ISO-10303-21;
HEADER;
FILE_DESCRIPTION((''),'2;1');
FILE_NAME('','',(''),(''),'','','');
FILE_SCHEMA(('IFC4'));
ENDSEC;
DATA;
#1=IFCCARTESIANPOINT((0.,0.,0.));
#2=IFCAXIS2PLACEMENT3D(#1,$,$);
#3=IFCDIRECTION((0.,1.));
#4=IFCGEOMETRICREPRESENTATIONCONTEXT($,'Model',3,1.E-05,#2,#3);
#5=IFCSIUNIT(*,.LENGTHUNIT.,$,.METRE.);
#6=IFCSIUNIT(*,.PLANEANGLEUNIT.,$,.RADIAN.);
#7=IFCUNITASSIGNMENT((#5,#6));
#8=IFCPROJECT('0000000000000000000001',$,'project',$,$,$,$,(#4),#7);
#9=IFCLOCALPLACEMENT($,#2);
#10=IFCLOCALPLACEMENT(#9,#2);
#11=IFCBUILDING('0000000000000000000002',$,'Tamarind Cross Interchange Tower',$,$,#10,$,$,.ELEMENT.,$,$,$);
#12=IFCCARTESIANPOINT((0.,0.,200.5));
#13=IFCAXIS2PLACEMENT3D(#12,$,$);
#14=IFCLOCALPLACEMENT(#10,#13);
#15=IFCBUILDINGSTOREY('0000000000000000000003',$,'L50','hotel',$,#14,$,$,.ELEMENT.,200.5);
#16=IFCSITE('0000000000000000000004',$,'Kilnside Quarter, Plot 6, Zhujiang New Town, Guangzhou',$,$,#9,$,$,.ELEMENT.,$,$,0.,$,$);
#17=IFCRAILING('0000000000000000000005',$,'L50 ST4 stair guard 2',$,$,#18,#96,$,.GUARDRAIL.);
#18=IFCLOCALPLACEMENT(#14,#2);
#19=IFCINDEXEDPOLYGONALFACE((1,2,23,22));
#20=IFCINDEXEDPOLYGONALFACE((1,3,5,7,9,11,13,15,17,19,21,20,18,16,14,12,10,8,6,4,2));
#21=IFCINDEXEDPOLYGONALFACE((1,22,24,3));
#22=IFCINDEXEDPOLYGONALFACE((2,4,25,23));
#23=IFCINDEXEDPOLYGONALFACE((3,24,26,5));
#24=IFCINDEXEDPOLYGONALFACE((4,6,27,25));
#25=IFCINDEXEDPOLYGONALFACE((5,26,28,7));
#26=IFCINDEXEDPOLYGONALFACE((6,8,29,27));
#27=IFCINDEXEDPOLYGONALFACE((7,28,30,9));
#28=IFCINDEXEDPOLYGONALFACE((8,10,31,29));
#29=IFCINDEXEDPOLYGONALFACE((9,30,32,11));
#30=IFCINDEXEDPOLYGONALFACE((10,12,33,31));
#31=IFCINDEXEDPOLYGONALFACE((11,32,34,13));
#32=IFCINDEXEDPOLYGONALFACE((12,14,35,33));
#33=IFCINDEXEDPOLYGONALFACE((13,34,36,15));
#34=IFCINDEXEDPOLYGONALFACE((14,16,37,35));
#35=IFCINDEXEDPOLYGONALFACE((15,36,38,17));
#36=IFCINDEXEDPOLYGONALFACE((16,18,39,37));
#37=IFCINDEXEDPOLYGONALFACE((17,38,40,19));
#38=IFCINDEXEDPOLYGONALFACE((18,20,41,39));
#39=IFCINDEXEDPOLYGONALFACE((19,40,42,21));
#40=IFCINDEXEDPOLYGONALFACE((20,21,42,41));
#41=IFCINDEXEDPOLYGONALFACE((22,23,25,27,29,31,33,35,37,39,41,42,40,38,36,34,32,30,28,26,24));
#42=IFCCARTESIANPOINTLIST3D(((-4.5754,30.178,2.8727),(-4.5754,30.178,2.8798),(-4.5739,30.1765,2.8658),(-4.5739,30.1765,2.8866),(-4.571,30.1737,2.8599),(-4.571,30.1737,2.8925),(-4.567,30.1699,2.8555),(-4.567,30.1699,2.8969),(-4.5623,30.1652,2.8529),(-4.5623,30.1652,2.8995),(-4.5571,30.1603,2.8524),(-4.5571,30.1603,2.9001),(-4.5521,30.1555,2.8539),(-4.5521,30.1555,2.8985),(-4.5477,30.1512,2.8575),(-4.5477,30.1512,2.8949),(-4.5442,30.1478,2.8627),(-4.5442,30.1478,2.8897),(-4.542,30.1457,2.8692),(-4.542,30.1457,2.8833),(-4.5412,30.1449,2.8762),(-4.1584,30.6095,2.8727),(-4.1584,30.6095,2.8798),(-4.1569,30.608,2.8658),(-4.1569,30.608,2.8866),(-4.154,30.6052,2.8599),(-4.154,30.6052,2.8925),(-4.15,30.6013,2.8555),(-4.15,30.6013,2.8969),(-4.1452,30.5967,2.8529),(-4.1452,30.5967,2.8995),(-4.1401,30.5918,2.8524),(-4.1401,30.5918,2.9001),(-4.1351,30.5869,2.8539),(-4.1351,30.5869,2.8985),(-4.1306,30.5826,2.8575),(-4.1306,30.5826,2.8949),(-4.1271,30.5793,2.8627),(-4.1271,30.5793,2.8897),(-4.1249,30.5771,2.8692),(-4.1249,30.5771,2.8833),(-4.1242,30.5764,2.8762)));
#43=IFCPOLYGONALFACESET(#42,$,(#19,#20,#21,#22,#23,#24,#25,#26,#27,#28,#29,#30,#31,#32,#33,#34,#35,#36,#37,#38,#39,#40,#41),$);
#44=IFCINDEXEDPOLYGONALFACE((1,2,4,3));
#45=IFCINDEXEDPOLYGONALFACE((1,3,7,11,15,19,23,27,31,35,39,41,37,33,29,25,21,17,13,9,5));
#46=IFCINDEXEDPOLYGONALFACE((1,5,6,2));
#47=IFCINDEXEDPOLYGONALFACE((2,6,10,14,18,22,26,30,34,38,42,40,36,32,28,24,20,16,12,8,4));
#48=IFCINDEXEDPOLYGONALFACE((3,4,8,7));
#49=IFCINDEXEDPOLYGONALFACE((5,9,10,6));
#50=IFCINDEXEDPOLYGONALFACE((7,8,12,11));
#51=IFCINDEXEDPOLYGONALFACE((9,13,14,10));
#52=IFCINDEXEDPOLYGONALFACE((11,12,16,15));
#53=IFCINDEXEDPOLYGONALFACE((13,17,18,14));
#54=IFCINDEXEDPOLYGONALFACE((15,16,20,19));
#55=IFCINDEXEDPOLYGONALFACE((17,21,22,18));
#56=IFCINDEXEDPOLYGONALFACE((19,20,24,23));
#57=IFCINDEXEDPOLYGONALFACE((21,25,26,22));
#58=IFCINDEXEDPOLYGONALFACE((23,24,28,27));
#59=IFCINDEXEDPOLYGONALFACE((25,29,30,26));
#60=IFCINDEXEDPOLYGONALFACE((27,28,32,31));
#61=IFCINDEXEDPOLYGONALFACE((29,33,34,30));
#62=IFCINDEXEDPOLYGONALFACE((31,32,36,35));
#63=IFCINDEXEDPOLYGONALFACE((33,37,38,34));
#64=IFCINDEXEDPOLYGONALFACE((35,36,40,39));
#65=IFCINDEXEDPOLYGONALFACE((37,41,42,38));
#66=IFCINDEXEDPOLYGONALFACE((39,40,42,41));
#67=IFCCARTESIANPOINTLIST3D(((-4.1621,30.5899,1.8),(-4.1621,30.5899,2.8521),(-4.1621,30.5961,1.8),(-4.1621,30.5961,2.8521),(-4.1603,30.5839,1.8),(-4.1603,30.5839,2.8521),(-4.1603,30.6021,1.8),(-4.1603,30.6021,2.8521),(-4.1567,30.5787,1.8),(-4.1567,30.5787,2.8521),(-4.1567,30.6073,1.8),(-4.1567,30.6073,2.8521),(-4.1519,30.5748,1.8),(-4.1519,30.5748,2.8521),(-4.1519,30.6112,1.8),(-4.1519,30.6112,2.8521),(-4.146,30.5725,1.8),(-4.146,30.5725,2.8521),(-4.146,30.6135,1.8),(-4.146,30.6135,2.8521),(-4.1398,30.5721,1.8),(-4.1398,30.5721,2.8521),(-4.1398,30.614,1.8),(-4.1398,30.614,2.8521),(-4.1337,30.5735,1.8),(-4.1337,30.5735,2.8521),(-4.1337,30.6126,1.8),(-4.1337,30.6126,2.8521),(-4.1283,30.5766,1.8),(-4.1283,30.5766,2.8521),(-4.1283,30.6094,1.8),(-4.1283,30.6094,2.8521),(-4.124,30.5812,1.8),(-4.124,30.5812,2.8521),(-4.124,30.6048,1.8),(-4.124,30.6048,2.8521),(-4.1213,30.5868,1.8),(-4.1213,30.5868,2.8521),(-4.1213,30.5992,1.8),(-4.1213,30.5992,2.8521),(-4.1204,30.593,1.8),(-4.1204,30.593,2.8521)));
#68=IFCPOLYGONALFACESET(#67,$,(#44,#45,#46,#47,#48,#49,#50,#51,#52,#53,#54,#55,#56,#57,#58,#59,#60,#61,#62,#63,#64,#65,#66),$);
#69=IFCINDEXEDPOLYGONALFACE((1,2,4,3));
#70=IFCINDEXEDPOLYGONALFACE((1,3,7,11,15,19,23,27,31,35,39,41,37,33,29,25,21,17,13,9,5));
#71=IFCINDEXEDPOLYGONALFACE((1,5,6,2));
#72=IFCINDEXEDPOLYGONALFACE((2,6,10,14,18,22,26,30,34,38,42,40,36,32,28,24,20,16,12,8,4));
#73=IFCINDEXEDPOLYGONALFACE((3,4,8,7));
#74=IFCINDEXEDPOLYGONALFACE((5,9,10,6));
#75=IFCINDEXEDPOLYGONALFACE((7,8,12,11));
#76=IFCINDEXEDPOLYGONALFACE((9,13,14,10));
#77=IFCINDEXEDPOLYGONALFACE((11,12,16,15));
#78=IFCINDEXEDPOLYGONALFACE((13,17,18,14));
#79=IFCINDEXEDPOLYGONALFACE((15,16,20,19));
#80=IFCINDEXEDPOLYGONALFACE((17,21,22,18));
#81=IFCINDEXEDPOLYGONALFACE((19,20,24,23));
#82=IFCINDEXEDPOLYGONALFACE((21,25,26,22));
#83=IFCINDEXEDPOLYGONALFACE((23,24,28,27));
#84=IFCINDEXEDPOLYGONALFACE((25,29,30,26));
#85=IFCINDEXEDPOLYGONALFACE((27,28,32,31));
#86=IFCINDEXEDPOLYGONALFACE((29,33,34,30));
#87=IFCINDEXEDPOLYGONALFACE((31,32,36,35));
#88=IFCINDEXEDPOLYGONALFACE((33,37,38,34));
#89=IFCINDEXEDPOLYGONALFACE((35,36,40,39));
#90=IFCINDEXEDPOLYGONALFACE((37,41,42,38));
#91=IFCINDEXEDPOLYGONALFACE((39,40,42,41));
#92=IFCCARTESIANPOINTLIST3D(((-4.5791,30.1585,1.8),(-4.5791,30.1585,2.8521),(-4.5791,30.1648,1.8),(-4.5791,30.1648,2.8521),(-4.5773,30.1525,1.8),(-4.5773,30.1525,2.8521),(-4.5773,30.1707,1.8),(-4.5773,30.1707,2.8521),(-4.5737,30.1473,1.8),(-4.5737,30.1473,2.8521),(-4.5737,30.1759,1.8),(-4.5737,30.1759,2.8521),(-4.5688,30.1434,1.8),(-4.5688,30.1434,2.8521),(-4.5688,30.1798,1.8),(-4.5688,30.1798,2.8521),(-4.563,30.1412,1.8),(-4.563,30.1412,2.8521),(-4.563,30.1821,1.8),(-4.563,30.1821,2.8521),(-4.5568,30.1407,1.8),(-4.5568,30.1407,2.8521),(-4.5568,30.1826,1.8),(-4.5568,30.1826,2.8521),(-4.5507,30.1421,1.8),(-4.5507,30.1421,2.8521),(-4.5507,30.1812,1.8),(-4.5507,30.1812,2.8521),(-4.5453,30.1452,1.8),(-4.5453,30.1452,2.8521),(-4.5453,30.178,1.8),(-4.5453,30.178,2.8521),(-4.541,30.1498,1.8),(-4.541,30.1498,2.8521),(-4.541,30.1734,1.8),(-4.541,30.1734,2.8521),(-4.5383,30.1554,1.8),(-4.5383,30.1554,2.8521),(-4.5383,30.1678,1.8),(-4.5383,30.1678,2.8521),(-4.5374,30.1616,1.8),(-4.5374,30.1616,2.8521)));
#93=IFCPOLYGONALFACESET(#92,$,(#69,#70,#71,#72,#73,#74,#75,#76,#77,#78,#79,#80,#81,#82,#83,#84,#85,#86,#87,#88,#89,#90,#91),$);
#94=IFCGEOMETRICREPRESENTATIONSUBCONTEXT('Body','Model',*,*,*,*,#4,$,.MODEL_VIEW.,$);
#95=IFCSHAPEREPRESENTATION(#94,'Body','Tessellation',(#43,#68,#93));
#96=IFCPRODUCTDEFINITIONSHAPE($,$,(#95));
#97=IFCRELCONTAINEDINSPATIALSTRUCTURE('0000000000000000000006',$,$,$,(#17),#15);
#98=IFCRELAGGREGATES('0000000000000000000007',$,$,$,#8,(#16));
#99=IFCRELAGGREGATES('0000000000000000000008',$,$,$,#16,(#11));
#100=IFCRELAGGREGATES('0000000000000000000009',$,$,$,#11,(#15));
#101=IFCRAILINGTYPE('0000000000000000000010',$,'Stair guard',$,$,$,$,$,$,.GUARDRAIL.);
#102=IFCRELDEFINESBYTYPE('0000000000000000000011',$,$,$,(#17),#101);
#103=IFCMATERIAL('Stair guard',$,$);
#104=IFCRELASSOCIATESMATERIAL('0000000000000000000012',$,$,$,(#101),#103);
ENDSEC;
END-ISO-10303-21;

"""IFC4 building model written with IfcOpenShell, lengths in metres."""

from ifc_helpers import new_model, si_unit, direction, frame, origin, origin_2d, place, context, subcontext, project, spatial, circle, extrude, material, type_object, element, save


model = new_model("IFC4")

# Units and contexts
model_context = context("Model", 3, precision=1e-05, world=origin(), true_north=direction((0.0, 1.0)))
body_context = subcontext(model_context, "Body", "Model", "MODEL_VIEW")
ifc_project = project(units=[si_unit("LENGTHUNIT", "METRE"), si_unit("PLANEANGLEUNIT", "RADIAN")], contexts=[model_context])

# Site, building, storey
site_placement = place(None, origin())
site = spatial("IfcSite", under=ifc_project, at=site_placement, Name="Kilnside Quarter, Plot 6, Zhujiang New Town, Guangzhou", CompositionType="ELEMENT", RefElevation=0.0)
building_placement = place(site_placement, origin())
building = spatial("IfcBuilding", under=site, at=building_placement, Name="Tamarind Cross Interchange Tower", CompositionType="ELEMENT")
storey_placement = place(building_placement, frame((0.0, 0.0, 200.5)))
storey = spatial("IfcBuildingStorey", under=building, at=storey_placement, Name="L50", Description="hotel", CompositionType="ELEMENT", Elevation=200.5)

# Railing
ifc_material_1 = material(Name="Stair guard")
railing_type_1 = type_object("IfcRailingType", Name="Stair guard", PredefinedType="GUARDRAIL", material=ifc_material_1)
railing_1_placement = place(storey_placement, frame((-4.1414, 30.593, 1.8)))
element("IfcRailing", 1, at=railing_1_placement, inside=storey, type_object=railing_type_1, Name="L50 ST4 stair guard 2", PredefinedType="GUARDRAIL", context=body_context, shape_type="SweptSolid", body=[
    extrude(circle(Radius=0.0239, at=origin_2d()), frame((0.0, 0.0, 1.0762), z_axis=(-0.695001, -0.719009, 0.0), x_axis=(0.719009, -0.695001, 0.0)), (0.0, 0.0, 1.0), 0.6001),
    extrude(circle(Radius=0.021, at=origin_2d()), origin(), (0.0, 0.0, 1.0), 1.052),
    extrude(circle(Radius=0.021, at=origin_2d()), frame((-0.417, -0.4314, 0.0)), (0.0, 0.0, 1.0), 1.052),
])

save(model, "model.ifc")
